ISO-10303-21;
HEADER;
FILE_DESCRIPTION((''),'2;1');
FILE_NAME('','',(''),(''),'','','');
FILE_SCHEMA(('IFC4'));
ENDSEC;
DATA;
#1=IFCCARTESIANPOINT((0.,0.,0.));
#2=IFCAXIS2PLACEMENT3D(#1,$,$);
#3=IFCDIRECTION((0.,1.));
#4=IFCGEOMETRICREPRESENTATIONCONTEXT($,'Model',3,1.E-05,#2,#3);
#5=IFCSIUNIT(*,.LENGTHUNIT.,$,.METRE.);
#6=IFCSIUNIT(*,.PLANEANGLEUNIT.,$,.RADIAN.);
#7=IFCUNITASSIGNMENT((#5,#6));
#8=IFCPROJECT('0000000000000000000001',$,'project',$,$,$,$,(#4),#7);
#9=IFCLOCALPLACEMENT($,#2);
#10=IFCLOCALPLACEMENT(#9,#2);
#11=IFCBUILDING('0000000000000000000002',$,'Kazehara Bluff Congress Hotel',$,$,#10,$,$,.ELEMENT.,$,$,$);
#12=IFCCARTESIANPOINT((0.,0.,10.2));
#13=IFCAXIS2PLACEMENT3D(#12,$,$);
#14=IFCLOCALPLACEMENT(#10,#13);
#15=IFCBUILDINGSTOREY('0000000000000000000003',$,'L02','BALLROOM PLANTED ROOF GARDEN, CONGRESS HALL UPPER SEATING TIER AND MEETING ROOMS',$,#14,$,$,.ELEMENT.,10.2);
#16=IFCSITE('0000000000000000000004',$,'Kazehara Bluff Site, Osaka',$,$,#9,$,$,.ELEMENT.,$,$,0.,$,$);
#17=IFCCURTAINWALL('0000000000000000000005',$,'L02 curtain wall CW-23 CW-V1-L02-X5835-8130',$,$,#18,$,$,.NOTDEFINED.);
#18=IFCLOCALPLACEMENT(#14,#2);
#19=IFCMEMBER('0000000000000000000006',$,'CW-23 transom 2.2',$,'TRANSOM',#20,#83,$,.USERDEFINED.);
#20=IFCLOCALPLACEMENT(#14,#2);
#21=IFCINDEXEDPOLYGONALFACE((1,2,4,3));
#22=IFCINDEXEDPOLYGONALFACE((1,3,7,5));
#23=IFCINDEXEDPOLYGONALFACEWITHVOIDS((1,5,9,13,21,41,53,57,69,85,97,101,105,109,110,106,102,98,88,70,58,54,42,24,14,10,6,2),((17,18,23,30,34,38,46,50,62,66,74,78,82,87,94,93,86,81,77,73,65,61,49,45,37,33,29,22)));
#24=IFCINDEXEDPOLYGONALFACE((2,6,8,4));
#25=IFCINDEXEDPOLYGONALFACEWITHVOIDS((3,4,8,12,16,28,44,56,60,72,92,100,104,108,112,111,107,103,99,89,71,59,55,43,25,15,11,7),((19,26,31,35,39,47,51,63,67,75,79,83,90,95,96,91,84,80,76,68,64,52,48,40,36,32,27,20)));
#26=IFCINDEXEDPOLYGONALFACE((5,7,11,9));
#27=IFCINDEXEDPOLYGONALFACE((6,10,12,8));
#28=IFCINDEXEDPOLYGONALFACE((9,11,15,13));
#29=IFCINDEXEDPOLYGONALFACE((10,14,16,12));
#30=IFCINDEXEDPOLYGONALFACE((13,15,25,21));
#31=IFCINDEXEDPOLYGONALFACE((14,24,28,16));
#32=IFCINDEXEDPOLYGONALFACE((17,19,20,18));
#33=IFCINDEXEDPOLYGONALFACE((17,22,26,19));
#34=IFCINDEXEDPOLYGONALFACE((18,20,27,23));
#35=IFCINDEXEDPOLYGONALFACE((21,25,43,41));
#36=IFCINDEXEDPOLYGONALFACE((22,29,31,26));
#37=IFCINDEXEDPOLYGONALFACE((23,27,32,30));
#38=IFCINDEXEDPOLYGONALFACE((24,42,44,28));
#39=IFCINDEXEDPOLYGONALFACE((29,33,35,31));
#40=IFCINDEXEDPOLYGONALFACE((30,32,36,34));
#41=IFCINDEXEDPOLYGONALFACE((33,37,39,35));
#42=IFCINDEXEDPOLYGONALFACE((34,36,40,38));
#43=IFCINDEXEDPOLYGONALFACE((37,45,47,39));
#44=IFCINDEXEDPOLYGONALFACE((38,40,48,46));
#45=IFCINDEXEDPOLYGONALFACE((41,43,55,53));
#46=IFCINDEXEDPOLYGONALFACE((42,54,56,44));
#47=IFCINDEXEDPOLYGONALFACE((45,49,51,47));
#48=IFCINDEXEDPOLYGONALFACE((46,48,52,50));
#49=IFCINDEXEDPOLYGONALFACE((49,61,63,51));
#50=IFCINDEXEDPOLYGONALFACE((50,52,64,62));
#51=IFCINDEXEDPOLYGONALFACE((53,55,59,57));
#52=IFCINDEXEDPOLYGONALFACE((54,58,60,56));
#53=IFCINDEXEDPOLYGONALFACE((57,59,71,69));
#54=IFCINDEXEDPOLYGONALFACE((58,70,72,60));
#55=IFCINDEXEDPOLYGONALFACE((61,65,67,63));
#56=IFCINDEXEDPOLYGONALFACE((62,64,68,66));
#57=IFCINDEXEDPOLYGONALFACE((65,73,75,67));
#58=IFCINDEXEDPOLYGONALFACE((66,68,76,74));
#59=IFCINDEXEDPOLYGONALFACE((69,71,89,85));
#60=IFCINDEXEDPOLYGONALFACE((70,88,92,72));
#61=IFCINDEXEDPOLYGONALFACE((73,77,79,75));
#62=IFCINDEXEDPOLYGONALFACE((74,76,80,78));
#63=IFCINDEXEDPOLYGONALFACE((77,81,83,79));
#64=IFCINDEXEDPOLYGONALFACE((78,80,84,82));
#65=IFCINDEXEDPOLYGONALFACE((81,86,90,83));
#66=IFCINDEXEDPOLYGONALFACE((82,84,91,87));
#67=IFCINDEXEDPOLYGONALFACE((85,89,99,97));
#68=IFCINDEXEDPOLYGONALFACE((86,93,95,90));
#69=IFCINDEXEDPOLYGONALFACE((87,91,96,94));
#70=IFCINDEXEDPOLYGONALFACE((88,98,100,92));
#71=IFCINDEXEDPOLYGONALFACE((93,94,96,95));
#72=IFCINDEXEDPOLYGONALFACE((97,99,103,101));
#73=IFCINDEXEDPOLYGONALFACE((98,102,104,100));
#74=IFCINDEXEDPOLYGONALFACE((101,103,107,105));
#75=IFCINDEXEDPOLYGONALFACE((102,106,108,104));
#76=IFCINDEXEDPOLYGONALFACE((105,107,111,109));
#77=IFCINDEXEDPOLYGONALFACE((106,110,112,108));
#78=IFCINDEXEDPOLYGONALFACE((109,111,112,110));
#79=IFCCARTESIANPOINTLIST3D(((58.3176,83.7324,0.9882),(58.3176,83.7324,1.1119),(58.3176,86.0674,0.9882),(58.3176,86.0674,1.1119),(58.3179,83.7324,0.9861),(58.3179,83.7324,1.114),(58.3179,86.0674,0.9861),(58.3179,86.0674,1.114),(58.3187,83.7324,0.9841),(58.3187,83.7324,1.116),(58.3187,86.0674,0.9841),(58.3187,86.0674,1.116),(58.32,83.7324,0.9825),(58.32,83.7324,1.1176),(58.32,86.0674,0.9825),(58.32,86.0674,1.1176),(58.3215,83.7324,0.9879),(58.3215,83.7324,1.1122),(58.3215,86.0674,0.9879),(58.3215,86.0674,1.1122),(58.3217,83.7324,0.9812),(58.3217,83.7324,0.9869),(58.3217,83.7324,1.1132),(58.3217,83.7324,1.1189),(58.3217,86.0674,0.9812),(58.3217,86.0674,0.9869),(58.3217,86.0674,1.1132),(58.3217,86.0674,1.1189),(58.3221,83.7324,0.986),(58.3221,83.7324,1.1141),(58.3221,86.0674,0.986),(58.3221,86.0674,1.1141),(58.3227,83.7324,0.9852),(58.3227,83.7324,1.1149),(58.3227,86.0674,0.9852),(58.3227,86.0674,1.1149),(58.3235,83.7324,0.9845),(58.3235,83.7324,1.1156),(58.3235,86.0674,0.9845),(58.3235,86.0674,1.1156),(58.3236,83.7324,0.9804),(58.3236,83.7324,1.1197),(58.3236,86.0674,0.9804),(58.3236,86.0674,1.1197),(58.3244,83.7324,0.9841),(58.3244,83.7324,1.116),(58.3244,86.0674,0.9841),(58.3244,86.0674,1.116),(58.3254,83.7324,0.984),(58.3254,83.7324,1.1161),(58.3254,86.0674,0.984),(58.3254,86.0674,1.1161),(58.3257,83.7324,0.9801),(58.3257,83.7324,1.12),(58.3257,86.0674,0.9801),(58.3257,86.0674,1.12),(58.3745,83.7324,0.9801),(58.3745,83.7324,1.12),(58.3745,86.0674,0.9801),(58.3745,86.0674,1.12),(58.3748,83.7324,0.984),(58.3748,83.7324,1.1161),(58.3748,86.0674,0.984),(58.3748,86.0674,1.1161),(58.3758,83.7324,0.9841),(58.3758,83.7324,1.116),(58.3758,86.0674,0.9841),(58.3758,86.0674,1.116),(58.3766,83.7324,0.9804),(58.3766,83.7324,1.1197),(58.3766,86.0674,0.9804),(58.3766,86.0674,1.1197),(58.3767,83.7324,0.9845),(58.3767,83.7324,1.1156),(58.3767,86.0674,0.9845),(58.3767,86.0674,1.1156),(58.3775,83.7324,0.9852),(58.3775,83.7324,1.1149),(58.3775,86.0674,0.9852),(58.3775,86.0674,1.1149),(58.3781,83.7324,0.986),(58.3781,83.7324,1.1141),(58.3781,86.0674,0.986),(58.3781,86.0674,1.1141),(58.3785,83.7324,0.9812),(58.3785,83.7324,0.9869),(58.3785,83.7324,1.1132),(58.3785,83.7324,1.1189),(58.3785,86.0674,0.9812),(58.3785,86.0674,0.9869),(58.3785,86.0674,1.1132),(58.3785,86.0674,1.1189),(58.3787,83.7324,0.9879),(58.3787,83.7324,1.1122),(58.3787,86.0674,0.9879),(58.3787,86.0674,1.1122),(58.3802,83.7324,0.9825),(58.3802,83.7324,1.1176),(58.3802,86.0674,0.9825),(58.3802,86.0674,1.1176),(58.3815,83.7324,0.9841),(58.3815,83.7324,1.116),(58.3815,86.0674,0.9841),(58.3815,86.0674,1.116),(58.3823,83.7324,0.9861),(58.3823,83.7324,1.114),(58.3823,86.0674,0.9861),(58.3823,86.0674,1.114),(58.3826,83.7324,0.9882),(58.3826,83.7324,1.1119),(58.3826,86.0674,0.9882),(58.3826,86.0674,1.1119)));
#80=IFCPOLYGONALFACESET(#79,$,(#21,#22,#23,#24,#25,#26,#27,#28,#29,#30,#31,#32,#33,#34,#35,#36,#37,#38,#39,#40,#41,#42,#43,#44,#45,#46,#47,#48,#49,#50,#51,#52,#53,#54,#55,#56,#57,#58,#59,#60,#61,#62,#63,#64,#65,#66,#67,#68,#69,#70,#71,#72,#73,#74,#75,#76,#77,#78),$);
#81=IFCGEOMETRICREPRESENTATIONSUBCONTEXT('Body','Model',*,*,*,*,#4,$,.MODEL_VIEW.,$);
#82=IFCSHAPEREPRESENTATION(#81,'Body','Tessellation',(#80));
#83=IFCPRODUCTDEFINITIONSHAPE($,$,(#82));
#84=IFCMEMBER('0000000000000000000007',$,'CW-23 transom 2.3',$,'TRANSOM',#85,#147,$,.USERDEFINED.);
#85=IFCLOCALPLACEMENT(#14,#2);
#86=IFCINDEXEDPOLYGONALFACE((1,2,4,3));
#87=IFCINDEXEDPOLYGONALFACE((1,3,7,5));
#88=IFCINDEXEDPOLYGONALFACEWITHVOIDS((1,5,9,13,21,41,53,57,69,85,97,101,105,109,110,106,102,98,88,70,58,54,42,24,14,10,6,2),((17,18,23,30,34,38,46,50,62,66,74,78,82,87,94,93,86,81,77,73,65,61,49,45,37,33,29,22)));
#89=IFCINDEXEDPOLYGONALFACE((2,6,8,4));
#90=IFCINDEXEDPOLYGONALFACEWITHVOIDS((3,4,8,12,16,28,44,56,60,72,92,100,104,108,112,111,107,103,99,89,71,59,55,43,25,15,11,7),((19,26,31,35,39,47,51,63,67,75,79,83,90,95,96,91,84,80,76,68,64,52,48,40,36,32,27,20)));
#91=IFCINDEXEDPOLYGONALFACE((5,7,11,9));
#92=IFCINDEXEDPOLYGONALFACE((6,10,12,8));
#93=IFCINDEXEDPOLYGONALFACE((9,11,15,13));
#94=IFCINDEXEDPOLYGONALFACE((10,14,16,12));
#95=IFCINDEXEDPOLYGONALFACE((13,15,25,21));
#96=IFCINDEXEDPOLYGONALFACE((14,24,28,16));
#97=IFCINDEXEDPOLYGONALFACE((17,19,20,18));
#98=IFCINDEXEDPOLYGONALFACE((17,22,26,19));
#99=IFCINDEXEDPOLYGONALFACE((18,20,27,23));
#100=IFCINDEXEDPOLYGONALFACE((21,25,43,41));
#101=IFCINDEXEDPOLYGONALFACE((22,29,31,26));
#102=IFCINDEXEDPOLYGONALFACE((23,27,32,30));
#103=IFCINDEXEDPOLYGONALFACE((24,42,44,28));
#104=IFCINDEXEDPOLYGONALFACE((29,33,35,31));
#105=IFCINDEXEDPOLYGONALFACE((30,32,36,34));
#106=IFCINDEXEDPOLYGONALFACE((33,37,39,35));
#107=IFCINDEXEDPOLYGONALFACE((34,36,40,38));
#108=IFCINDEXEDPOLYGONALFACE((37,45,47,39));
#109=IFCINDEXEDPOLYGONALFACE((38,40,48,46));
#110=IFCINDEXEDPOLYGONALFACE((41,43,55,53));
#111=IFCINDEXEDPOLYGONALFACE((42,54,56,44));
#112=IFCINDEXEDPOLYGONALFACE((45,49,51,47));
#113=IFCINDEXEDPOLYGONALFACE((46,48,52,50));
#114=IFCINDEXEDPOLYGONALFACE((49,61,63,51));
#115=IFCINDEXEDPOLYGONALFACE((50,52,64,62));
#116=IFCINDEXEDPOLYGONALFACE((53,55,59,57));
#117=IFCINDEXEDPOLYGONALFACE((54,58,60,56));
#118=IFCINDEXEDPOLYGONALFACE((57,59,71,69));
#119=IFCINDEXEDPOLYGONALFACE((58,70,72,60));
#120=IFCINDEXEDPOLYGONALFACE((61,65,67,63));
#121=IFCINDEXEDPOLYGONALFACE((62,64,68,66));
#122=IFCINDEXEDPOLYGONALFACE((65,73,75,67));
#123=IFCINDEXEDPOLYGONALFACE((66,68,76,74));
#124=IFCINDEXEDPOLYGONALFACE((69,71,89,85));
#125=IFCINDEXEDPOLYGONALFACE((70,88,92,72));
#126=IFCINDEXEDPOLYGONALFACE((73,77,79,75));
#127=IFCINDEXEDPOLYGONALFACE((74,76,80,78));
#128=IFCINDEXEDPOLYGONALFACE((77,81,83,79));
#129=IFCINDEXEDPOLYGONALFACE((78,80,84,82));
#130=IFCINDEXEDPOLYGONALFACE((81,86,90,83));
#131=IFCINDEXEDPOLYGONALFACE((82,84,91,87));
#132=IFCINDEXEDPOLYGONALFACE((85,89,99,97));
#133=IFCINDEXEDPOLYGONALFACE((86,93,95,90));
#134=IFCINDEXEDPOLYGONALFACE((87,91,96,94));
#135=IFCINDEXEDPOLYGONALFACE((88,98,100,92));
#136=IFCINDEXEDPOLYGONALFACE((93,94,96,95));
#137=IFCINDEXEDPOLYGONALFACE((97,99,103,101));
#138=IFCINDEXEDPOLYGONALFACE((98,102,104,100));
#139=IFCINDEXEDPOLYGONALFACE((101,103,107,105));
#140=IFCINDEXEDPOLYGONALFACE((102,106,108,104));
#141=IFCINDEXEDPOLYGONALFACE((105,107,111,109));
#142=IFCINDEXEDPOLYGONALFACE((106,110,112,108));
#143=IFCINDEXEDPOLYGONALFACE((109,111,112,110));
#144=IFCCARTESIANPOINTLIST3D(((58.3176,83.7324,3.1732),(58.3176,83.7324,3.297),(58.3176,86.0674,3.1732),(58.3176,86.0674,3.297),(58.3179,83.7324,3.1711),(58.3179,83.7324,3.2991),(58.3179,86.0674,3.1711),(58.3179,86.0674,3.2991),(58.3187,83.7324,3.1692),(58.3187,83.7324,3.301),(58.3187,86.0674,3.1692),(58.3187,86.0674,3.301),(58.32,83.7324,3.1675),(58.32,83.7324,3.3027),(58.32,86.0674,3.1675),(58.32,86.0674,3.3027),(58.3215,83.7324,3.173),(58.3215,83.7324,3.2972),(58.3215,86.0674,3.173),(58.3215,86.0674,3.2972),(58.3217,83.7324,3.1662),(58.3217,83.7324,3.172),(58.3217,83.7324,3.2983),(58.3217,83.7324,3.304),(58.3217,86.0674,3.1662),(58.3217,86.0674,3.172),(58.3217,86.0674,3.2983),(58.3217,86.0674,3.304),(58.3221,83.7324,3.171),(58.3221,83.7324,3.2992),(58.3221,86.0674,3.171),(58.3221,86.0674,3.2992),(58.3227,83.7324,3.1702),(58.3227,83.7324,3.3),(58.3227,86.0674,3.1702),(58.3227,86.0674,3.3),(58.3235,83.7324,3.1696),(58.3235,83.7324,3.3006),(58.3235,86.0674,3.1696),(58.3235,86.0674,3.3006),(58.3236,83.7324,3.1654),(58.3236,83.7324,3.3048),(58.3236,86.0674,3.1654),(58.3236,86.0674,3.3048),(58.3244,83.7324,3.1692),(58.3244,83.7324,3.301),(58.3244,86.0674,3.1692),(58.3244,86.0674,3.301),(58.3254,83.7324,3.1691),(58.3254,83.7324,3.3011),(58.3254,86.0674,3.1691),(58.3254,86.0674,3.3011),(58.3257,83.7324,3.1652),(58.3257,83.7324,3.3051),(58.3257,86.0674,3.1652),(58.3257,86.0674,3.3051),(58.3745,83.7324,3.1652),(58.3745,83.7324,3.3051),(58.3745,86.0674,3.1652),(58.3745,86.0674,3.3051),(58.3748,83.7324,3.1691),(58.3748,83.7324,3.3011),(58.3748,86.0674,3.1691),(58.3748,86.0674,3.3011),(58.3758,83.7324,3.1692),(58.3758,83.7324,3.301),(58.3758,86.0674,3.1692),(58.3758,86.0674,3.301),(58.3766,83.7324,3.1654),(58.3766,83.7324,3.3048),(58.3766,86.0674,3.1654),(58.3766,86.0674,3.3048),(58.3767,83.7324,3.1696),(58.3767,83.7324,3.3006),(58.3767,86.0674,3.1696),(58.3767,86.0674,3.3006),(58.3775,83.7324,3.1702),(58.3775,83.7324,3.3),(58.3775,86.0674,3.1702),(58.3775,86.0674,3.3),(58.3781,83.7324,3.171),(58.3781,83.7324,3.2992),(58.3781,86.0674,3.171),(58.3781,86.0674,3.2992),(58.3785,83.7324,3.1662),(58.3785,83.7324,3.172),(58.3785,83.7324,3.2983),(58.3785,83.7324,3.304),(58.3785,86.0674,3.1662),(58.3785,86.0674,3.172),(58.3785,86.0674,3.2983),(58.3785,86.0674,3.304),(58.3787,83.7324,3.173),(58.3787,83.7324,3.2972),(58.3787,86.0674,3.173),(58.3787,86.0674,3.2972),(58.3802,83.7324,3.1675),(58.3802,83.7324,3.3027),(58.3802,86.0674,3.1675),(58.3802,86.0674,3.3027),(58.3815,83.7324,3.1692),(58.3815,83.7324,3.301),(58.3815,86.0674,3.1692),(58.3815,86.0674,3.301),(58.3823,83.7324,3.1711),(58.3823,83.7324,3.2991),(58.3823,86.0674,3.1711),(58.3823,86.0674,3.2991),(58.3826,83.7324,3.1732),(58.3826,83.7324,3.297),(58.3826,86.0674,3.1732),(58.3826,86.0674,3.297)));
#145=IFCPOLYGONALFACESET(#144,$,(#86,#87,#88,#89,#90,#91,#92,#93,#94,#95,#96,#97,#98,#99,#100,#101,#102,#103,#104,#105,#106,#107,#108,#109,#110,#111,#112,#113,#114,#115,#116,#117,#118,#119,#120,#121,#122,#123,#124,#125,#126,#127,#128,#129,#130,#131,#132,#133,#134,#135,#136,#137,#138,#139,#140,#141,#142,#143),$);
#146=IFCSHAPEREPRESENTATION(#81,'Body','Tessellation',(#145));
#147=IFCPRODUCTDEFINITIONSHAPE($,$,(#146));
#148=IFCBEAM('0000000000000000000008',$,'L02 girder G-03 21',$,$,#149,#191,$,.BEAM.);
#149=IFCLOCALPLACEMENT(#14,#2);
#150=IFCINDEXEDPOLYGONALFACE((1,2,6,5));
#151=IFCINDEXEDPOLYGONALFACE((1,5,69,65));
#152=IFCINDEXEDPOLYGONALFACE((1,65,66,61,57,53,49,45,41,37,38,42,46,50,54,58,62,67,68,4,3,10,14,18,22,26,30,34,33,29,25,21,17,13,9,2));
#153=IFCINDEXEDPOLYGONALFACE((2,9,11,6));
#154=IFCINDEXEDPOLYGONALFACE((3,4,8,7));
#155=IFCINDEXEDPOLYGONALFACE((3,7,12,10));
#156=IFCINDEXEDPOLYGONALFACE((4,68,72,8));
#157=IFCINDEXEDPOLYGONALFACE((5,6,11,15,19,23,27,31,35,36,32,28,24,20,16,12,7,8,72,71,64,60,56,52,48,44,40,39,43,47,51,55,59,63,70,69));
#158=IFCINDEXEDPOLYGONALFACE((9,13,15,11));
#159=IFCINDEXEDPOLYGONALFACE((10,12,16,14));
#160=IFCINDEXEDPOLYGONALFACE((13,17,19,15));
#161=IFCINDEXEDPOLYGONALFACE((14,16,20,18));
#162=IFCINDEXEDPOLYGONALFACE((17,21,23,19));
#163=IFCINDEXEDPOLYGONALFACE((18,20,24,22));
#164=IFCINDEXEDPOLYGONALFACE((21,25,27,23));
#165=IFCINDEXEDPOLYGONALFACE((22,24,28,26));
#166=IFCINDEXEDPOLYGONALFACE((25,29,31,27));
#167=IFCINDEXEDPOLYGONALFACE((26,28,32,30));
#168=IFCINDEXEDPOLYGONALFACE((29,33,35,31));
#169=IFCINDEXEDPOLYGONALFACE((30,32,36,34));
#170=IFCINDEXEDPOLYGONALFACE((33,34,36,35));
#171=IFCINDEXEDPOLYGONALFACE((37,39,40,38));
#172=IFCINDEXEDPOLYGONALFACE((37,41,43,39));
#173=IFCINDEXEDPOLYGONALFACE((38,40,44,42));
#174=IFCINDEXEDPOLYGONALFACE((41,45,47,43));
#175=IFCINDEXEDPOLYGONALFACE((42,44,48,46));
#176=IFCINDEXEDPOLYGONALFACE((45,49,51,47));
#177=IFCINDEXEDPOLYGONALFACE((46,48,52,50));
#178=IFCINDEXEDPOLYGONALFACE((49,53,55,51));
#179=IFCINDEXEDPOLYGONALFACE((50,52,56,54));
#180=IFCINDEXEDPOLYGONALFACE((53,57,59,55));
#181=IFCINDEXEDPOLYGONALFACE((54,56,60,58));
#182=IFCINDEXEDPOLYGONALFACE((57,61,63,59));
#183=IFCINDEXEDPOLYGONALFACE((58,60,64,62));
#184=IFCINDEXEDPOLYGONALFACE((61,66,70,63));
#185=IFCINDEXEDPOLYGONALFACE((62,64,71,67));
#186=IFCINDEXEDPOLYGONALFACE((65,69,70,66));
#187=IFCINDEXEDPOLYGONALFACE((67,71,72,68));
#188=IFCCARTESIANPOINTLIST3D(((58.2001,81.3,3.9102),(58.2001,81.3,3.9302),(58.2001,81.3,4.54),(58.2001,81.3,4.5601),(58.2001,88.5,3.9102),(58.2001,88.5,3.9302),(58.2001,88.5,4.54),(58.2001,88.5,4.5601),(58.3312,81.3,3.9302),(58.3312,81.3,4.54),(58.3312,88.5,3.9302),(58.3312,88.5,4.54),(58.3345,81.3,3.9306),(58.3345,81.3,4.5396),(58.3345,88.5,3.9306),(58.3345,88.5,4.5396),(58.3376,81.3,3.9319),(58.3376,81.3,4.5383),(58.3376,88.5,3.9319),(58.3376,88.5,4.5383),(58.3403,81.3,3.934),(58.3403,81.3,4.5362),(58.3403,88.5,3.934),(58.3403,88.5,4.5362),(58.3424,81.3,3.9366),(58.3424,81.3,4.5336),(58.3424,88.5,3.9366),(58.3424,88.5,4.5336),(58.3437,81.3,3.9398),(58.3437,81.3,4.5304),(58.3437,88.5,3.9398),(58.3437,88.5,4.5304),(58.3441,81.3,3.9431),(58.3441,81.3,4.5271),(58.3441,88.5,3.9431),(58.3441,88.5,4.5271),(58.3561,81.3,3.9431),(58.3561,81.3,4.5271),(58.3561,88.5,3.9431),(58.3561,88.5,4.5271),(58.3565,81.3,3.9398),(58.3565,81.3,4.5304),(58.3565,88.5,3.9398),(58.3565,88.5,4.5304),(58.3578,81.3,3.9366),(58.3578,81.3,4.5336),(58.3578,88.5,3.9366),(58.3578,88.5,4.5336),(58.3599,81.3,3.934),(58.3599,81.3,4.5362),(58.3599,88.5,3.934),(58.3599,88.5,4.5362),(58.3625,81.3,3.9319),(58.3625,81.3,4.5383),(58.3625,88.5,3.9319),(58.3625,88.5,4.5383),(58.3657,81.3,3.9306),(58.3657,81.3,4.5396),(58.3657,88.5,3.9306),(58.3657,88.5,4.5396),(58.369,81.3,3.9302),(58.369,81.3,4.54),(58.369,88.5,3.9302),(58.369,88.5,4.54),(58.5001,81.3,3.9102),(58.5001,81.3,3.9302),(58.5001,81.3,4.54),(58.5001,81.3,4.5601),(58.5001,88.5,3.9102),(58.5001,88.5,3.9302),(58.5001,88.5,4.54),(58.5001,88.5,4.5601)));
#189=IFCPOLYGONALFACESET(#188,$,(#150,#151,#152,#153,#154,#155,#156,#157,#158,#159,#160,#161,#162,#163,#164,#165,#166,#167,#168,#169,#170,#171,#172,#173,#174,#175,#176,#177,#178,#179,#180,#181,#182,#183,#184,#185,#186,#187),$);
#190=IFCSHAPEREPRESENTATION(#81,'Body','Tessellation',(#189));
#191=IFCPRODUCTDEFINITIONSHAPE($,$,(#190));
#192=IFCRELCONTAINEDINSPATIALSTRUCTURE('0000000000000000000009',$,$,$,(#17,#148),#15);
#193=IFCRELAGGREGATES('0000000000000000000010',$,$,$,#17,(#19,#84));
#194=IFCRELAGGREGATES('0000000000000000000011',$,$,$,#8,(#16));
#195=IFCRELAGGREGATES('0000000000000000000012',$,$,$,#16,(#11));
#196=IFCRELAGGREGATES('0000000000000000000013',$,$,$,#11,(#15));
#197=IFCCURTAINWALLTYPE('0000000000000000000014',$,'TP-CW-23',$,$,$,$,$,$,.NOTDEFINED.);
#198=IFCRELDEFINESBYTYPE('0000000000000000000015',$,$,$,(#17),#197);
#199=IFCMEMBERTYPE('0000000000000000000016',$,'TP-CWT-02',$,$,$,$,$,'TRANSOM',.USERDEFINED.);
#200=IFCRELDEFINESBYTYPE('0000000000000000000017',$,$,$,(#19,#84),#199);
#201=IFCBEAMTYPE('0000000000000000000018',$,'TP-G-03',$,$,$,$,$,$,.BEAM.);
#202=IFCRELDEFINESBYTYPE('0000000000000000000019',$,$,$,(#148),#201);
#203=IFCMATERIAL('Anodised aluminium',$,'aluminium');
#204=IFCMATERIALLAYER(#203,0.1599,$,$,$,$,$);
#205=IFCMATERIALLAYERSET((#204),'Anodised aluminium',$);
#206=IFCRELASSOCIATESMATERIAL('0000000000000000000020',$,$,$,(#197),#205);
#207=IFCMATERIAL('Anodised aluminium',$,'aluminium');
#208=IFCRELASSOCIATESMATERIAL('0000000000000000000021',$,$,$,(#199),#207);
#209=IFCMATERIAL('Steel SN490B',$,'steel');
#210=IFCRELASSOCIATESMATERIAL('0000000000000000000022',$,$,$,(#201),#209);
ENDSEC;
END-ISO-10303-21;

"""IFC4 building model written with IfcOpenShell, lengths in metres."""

from ifc_helpers import new_model, si_unit, direction, frame, origin, origin_2d, place, context, subcontext, project, spatial, hollow_rectangle, i_section, extrude, material, layer, layer_set, material_profile, profile_set, type_object, element, aggregate, save


model = new_model("IFC4")

# Units and contexts
model_context = context("Model", 3, precision=1e-05, world=origin(), true_north=direction((0.0, 1.0)))
body_context = subcontext(model_context, "Body", "Model", "MODEL_VIEW")
ifc_project = project(units=[si_unit("LENGTHUNIT", "METRE"), si_unit("PLANEANGLEUNIT", "RADIAN")], contexts=[model_context])

# Site, building, storey
site_placement = place(None, origin())
site = spatial("IfcSite", under=ifc_project, at=site_placement, Name="Kazehara Bluff Site, Osaka", CompositionType="ELEMENT", RefElevation=0.0)
building_placement = place(site_placement, origin())
building = spatial("IfcBuilding", under=site, at=building_placement, Name="Kazehara Bluff Congress Hotel", CompositionType="ELEMENT")
storey_placement = place(building_placement, frame((0.0, 0.0, 10.2)))
storey = spatial("IfcBuildingStorey", under=building, at=storey_placement, Name="L02", Description="BALLROOM PLANTED ROOF GARDEN, CONGRESS HALL UPPER SEATING TIER AND MEETING ROOMS", CompositionType="ELEMENT", Elevation=10.2)

# Curtain wall
ifc_material_1 = material(Name="Anodised aluminium", Category="aluminium")
ifc_layer_1 = layer(ifc_material_1, 0.1599)
ifc_layer_set_1 = layer_set([ifc_layer_1], Name="Anodised aluminium")
curtain_wall_type_1 = type_object("IfcCurtainWallType", Name="TP-CW-23", PredefinedType="NOTDEFINED", material=ifc_layer_set_1)
curtain_wall_1_placement = place(storey_placement, origin())
curtain_wall_1 = element("IfcCurtainWall", 1, at=curtain_wall_1_placement, inside=storey, type_object=curtain_wall_type_1, Name="L02 curtain wall CW-23 CW-V1-L02-X5835-8130", PredefinedType="NOTDEFINED")

# Members
ifc_material_2 = material(Name="Anodised aluminium", Category="aluminium")
ifc_material_profile_1 = material_profile(ifc_material_2, hollow_rectangle(XDim=0.0649, YDim=0.1399, WallThickness=0.0039, InnerFilletRadius=0.0039, OuterFilletRadius=0.0081, at=origin_2d()))
ifc_profile_set_1 = profile_set([ifc_material_profile_1], Name="Anodised aluminium")
member_type_1 = type_object("IfcMemberType", Name="TP-CWT-02", ElementType="TRANSOM", PredefinedType="USERDEFINED", material=ifc_profile_set_1)
member_1_placement = place(storey_placement, frame((58.3501, 83.7324, 1.05), z_axis=(0.0, 1.0, 0.0), x_axis=(-1.0, 0.0, 0.0)))
member_1 = element("IfcMember", 2, at=member_1_placement, type_object=member_type_1, Name="CW-23 transom 2.2", ObjectType="TRANSOM", PredefinedType="USERDEFINED", context=body_context, shape_type="SweptSolid", body=[
    extrude(hollow_rectangle(XDim=0.0649, YDim=0.1399, WallThickness=0.0039, InnerFilletRadius=0.0039, OuterFilletRadius=0.0081, at=origin_2d()), origin(), (0.0, 0.0, 1.0), 2.335),
])
member_2_placement = place(storey_placement, frame((58.3501, 83.7324, 3.2351), z_axis=(0.0, 1.0, 0.0), x_axis=(-1.0, 0.0, 0.0)))
member_2 = element("IfcMember", 3, at=member_2_placement, type_object=member_type_1, Name="CW-23 transom 2.3", ObjectType="TRANSOM", PredefinedType="USERDEFINED", context=body_context, shape_type="SweptSolid", body=[
    extrude(hollow_rectangle(XDim=0.0649, YDim=0.1399, WallThickness=0.0039, InnerFilletRadius=0.0039, OuterFilletRadius=0.0081, at=origin_2d()), origin(), (0.0, 0.0, 1.0), 2.335),
])

# Beam
ifc_material_3 = material(Name="Steel SN490B", Category="steel")
ifc_material_profile_2 = material_profile(ifc_material_3, i_section(OverallWidth=0.3, OverallDepth=0.6499, WebThickness=0.012, FlangeThickness=0.02, FilletRadius=0.0129, at=origin_2d()))
ifc_profile_set_2 = profile_set([ifc_material_profile_2], Name="Steel SN490B")
beam_type = type_object("IfcBeamType", Name="TP-G-03", PredefinedType="BEAM", material=ifc_profile_set_2)
beam_placement = place(storey_placement, frame((58.3501, 81.3, 4.2351), z_axis=(0.0, 1.0, 0.0), x_axis=(-1.0, 0.0, 0.0)))
element("IfcBeam", 4, at=beam_placement, inside=storey, type_object=beam_type, Name="L02 girder G-03 21", PredefinedType="BEAM", context=body_context, shape_type="SweptSolid", body=[
    extrude(i_section(OverallWidth=0.3, OverallDepth=0.6499, WebThickness=0.012, FlangeThickness=0.02, FilletRadius=0.0129, at=origin_2d()), origin(), (0.0, 0.0, 1.0), 7.2),
])

aggregate(curtain_wall_1, [member_1, member_2])

save(model, "model.ifc")
